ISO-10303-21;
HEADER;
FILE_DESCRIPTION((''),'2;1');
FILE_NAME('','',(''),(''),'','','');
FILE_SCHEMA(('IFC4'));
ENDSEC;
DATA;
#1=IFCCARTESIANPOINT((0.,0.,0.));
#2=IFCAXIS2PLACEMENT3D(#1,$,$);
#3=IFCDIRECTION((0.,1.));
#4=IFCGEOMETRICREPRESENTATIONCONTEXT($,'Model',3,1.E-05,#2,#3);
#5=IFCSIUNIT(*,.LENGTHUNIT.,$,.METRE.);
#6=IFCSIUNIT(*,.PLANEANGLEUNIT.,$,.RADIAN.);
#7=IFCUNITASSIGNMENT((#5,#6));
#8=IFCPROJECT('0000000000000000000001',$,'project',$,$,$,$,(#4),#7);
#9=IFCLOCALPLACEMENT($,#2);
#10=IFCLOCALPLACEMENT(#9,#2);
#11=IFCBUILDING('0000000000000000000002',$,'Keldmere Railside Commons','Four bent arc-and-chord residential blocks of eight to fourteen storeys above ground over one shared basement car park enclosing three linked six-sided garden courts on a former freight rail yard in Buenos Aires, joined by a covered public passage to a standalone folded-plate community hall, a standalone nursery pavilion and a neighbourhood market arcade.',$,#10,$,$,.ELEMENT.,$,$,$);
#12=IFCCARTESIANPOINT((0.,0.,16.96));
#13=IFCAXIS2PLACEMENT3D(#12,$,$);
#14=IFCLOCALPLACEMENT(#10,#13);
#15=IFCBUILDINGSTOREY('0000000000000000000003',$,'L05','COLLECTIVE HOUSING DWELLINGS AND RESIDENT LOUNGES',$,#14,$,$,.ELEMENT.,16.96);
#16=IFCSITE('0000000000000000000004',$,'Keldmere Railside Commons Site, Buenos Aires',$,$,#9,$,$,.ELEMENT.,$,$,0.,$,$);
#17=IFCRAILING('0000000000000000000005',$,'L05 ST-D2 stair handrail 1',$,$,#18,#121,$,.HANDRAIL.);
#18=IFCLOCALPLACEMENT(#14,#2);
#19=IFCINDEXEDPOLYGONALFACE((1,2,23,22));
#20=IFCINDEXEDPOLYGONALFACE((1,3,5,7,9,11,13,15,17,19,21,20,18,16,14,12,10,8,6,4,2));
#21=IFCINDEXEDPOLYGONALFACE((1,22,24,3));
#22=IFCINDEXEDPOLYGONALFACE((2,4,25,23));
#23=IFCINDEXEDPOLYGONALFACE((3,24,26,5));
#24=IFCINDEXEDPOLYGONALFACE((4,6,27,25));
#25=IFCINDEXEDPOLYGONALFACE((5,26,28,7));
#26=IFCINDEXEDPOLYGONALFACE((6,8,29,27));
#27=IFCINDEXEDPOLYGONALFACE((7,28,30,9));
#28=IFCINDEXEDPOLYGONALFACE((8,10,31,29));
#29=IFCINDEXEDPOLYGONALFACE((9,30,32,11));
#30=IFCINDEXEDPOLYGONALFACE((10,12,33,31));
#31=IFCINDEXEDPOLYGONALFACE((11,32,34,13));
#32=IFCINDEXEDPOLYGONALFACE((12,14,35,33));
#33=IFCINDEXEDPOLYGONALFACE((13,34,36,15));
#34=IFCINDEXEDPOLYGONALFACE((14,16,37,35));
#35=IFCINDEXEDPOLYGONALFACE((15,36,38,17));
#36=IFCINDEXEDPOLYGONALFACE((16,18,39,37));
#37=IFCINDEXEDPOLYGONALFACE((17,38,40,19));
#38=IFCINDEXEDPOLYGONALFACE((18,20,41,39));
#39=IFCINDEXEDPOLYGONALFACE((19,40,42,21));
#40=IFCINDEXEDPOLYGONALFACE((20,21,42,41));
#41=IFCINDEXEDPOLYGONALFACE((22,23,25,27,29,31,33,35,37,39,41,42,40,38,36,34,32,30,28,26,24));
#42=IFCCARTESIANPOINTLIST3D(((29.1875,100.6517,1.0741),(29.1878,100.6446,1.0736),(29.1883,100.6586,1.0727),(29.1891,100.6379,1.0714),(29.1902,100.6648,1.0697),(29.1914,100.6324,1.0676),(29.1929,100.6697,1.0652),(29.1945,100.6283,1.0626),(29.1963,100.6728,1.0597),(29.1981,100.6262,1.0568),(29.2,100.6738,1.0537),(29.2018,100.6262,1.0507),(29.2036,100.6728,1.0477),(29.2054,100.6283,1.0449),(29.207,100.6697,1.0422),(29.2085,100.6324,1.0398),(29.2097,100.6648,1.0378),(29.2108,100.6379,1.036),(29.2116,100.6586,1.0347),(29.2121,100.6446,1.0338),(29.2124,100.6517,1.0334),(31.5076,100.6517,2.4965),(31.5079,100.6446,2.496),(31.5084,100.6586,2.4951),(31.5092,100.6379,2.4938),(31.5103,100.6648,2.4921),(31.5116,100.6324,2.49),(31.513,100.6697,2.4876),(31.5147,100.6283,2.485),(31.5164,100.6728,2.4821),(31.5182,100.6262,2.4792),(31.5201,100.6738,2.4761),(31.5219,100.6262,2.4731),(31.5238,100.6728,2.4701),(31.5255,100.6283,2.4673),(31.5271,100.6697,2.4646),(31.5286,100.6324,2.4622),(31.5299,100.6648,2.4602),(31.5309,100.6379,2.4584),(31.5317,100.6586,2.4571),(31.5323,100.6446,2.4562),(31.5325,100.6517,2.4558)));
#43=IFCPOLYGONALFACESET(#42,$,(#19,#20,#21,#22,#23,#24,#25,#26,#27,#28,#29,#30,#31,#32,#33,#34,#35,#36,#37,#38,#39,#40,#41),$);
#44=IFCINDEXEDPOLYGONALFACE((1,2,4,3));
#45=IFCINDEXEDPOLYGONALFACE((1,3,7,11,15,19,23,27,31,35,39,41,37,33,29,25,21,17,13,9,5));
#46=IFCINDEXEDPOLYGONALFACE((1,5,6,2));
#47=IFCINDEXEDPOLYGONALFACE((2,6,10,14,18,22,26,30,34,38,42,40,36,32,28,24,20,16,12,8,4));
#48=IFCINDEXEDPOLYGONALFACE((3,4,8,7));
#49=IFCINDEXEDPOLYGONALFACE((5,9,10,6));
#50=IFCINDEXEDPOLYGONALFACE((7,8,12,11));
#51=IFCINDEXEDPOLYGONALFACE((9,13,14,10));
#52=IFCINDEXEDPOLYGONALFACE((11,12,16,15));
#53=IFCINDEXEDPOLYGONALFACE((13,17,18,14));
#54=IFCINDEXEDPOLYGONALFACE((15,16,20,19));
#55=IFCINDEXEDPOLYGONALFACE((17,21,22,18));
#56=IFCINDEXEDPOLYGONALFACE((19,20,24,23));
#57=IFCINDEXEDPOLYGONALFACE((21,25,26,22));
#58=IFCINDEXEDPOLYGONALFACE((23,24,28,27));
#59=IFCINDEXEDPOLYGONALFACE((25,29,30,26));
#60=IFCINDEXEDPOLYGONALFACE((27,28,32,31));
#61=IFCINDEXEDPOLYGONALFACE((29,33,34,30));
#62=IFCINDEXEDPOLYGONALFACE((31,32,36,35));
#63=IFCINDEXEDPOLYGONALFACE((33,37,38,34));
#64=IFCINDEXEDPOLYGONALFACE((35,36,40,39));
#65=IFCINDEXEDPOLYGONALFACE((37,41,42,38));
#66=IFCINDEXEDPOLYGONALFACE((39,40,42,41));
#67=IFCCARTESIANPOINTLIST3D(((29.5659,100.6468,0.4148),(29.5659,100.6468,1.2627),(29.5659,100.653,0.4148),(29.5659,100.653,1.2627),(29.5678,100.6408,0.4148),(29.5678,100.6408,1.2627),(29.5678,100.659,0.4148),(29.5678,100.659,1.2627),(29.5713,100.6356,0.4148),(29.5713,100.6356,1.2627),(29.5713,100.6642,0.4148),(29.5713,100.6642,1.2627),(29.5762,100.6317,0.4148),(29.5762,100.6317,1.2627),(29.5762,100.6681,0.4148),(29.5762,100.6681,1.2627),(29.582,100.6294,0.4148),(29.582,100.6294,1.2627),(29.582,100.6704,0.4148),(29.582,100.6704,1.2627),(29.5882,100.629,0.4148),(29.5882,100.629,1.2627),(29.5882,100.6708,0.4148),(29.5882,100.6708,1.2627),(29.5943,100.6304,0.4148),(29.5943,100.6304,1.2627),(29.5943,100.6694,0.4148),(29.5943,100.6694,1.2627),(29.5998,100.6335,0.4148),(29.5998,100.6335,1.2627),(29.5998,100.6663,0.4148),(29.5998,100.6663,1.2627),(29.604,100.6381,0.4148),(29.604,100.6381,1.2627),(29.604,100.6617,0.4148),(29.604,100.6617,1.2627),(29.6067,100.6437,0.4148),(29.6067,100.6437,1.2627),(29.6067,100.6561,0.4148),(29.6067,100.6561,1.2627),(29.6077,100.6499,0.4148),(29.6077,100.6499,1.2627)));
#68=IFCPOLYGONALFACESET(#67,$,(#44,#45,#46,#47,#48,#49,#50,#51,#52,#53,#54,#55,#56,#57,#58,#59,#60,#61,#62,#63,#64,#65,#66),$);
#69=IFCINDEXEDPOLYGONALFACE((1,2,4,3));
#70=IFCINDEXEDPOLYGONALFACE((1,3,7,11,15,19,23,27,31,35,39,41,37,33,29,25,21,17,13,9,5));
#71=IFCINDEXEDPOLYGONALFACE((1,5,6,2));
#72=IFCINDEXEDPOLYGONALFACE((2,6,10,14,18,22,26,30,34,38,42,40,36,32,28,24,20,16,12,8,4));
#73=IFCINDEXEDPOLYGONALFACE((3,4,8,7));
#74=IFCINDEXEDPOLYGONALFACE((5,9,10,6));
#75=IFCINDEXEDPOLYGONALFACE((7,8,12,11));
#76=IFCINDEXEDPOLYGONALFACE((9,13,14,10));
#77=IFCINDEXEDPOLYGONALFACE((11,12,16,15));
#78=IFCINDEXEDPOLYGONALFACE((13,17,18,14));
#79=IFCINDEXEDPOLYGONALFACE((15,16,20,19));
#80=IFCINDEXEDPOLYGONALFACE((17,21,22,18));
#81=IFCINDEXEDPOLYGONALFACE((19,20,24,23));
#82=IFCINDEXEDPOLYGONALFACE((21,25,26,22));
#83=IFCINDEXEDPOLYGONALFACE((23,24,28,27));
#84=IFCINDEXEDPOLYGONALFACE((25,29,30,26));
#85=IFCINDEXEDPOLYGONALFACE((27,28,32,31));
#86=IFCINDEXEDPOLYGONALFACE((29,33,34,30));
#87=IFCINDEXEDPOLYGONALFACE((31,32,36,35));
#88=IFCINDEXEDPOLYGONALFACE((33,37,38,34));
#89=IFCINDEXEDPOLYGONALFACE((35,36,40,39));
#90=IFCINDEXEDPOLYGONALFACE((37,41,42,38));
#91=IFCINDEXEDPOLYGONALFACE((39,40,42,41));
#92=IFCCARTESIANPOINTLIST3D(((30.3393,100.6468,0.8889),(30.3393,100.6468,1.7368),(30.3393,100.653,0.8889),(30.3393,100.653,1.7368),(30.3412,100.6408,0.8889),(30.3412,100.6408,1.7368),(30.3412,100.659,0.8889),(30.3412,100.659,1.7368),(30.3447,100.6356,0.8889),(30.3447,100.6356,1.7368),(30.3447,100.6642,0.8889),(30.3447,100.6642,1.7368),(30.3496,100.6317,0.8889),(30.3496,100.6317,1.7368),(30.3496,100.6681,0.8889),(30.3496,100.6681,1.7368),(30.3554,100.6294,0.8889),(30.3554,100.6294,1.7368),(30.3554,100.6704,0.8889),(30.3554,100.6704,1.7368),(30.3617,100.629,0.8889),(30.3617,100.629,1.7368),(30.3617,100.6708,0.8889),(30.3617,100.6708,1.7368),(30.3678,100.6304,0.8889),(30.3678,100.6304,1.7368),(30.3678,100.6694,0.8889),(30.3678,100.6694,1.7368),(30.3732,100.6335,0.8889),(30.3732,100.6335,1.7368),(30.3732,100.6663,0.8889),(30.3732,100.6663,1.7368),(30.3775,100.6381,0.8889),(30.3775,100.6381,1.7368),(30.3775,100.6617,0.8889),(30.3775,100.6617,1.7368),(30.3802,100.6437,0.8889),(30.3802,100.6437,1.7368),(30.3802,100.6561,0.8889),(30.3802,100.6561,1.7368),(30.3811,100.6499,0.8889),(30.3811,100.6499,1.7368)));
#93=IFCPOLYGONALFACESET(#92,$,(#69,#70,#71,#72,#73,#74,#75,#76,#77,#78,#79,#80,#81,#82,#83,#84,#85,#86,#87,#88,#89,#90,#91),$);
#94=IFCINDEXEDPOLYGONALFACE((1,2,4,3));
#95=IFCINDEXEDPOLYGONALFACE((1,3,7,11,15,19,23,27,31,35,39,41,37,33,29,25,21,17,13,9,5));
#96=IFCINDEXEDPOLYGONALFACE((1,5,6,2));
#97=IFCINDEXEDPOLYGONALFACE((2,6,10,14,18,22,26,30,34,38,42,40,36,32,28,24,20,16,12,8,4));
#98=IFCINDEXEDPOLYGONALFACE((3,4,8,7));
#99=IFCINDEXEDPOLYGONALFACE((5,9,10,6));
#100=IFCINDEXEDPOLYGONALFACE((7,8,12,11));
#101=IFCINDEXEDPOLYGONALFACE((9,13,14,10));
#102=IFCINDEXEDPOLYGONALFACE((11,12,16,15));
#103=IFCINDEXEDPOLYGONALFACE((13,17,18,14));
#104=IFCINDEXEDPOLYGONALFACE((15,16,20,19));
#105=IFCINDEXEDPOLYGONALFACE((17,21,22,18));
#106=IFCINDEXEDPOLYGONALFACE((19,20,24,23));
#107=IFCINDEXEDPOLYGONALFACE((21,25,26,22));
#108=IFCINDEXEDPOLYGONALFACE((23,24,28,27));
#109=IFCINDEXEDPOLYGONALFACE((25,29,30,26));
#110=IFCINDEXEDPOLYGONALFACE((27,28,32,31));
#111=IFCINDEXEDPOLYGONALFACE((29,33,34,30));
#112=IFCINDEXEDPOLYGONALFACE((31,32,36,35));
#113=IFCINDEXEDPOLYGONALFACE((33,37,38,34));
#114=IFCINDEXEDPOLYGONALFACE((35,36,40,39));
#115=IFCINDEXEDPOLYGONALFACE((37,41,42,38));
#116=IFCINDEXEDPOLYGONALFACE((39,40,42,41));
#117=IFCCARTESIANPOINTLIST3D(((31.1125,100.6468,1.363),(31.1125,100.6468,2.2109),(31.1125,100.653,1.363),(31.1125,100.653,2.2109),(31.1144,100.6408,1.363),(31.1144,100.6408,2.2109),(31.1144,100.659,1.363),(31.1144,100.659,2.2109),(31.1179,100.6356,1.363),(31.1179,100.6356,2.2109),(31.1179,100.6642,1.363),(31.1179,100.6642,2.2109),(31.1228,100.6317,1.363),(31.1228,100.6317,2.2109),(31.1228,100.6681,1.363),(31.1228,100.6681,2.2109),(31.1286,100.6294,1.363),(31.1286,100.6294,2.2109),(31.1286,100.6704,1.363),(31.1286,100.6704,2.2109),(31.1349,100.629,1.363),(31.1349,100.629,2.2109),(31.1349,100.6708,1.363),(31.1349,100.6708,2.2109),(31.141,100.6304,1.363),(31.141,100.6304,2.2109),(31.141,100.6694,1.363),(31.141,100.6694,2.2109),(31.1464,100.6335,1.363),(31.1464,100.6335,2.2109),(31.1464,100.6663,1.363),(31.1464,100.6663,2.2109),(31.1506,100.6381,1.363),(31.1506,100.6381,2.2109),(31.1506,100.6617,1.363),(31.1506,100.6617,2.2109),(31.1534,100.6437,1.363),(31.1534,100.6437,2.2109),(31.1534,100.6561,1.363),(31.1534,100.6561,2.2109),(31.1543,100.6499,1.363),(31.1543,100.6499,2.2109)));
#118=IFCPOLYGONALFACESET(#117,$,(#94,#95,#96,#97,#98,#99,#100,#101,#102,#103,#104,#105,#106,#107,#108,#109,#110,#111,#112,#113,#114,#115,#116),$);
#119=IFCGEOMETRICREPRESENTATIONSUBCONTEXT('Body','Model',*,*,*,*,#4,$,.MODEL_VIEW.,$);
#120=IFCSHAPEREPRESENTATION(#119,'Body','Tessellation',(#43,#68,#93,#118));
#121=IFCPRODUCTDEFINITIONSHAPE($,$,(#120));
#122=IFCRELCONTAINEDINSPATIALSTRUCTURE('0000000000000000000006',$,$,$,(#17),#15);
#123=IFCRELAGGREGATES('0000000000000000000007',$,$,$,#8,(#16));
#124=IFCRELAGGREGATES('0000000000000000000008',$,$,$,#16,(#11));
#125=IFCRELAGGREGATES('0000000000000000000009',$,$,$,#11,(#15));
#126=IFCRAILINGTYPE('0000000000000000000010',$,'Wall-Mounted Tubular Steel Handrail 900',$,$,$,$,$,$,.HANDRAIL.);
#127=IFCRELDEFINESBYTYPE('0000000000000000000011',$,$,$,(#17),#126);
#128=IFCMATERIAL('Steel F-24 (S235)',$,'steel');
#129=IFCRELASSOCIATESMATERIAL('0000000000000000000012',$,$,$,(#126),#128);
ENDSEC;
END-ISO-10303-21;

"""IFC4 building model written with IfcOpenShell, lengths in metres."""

from ifc_helpers import new_model, si_unit, direction, frame, origin, origin_2d, place, context, subcontext, project, spatial, circle, extrude, material, type_object, element, save


model = new_model("IFC4")

# Units and contexts
model_context = context("Model", 3, precision=1e-05, world=origin(), true_north=direction((0.0, 1.0)))
body_context = subcontext(model_context, "Body", "Model", "MODEL_VIEW")
ifc_project = project(units=[si_unit("LENGTHUNIT", "METRE"), si_unit("PLANEANGLEUNIT", "RADIAN")], contexts=[model_context])

# Site, building, storey
site_placement = place(None, origin())
site = spatial("IfcSite", under=ifc_project, at=site_placement, Name="Keldmere Railside Commons Site, Buenos Aires", CompositionType="ELEMENT", RefElevation=0.0)
building_placement = place(site_placement, origin())
building = spatial("IfcBuilding", under=site, at=building_placement, Name="Keldmere Railside Commons", Description="Four bent arc-and-chord residential blocks of eight to fourteen storeys above ground over one shared basement car park enclosing three linked six-sided garden courts on a former freight rail yard in Buenos Aires, joined by a covered public passage to a standalone folded-plate community hall, a standalone nursery pavilion and a neighbourhood market arcade.", CompositionType="ELEMENT")
storey_placement = place(building_placement, frame((0.0, 0.0, 16.96)))
storey = spatial("IfcBuildingStorey", under=building, at=storey_placement, Name="L05", Description="COLLECTIVE HOUSING DWELLINGS AND RESIDENT LOUNGES", CompositionType="ELEMENT", Elevation=16.96)

# Railing
ifc_material_1 = material(Name="Steel F-24 (S235)", Category="steel")
railing_type_1 = type_object("IfcRailingType", Name="Wall-Mounted Tubular Steel Handrail 900", PredefinedType="HANDRAIL", material=ifc_material_1)
railing_1_placement = place(storey_placement, frame((29.2, 100.6499, 0.1777)))
element("IfcRailing", 1, at=railing_1_placement, inside=storey, type_object=railing_type_1, Name="L05 ST-D2 stair handrail 1", PredefinedType="HANDRAIL", context=body_context, shape_type="SweptSolid", body=[
    extrude(circle(Radius=0.0239, at=origin_2d()), frame((0.0, 0.0, 0.876), z_axis=(0.852538, 0.0, 0.522665), x_axis=(0.0, 1.0, 0.0)), (0.0, 0.0, 1.0), 2.7214),
    extrude(circle(Radius=0.021, at=origin_2d()), frame((0.3867, 0.0, 0.2371)), (0.0, 0.0, 1.0), 0.8479),
    extrude(circle(Radius=0.021, at=origin_2d()), frame((1.1602, 0.0, 0.7112)), (0.0, 0.0, 1.0), 0.8479),
    extrude(circle(Radius=0.021, at=origin_2d()), frame((1.9333, 0.0, 1.1853)), (0.0, 0.0, 1.0), 0.8479),
])

save(model, "model.ifc")
